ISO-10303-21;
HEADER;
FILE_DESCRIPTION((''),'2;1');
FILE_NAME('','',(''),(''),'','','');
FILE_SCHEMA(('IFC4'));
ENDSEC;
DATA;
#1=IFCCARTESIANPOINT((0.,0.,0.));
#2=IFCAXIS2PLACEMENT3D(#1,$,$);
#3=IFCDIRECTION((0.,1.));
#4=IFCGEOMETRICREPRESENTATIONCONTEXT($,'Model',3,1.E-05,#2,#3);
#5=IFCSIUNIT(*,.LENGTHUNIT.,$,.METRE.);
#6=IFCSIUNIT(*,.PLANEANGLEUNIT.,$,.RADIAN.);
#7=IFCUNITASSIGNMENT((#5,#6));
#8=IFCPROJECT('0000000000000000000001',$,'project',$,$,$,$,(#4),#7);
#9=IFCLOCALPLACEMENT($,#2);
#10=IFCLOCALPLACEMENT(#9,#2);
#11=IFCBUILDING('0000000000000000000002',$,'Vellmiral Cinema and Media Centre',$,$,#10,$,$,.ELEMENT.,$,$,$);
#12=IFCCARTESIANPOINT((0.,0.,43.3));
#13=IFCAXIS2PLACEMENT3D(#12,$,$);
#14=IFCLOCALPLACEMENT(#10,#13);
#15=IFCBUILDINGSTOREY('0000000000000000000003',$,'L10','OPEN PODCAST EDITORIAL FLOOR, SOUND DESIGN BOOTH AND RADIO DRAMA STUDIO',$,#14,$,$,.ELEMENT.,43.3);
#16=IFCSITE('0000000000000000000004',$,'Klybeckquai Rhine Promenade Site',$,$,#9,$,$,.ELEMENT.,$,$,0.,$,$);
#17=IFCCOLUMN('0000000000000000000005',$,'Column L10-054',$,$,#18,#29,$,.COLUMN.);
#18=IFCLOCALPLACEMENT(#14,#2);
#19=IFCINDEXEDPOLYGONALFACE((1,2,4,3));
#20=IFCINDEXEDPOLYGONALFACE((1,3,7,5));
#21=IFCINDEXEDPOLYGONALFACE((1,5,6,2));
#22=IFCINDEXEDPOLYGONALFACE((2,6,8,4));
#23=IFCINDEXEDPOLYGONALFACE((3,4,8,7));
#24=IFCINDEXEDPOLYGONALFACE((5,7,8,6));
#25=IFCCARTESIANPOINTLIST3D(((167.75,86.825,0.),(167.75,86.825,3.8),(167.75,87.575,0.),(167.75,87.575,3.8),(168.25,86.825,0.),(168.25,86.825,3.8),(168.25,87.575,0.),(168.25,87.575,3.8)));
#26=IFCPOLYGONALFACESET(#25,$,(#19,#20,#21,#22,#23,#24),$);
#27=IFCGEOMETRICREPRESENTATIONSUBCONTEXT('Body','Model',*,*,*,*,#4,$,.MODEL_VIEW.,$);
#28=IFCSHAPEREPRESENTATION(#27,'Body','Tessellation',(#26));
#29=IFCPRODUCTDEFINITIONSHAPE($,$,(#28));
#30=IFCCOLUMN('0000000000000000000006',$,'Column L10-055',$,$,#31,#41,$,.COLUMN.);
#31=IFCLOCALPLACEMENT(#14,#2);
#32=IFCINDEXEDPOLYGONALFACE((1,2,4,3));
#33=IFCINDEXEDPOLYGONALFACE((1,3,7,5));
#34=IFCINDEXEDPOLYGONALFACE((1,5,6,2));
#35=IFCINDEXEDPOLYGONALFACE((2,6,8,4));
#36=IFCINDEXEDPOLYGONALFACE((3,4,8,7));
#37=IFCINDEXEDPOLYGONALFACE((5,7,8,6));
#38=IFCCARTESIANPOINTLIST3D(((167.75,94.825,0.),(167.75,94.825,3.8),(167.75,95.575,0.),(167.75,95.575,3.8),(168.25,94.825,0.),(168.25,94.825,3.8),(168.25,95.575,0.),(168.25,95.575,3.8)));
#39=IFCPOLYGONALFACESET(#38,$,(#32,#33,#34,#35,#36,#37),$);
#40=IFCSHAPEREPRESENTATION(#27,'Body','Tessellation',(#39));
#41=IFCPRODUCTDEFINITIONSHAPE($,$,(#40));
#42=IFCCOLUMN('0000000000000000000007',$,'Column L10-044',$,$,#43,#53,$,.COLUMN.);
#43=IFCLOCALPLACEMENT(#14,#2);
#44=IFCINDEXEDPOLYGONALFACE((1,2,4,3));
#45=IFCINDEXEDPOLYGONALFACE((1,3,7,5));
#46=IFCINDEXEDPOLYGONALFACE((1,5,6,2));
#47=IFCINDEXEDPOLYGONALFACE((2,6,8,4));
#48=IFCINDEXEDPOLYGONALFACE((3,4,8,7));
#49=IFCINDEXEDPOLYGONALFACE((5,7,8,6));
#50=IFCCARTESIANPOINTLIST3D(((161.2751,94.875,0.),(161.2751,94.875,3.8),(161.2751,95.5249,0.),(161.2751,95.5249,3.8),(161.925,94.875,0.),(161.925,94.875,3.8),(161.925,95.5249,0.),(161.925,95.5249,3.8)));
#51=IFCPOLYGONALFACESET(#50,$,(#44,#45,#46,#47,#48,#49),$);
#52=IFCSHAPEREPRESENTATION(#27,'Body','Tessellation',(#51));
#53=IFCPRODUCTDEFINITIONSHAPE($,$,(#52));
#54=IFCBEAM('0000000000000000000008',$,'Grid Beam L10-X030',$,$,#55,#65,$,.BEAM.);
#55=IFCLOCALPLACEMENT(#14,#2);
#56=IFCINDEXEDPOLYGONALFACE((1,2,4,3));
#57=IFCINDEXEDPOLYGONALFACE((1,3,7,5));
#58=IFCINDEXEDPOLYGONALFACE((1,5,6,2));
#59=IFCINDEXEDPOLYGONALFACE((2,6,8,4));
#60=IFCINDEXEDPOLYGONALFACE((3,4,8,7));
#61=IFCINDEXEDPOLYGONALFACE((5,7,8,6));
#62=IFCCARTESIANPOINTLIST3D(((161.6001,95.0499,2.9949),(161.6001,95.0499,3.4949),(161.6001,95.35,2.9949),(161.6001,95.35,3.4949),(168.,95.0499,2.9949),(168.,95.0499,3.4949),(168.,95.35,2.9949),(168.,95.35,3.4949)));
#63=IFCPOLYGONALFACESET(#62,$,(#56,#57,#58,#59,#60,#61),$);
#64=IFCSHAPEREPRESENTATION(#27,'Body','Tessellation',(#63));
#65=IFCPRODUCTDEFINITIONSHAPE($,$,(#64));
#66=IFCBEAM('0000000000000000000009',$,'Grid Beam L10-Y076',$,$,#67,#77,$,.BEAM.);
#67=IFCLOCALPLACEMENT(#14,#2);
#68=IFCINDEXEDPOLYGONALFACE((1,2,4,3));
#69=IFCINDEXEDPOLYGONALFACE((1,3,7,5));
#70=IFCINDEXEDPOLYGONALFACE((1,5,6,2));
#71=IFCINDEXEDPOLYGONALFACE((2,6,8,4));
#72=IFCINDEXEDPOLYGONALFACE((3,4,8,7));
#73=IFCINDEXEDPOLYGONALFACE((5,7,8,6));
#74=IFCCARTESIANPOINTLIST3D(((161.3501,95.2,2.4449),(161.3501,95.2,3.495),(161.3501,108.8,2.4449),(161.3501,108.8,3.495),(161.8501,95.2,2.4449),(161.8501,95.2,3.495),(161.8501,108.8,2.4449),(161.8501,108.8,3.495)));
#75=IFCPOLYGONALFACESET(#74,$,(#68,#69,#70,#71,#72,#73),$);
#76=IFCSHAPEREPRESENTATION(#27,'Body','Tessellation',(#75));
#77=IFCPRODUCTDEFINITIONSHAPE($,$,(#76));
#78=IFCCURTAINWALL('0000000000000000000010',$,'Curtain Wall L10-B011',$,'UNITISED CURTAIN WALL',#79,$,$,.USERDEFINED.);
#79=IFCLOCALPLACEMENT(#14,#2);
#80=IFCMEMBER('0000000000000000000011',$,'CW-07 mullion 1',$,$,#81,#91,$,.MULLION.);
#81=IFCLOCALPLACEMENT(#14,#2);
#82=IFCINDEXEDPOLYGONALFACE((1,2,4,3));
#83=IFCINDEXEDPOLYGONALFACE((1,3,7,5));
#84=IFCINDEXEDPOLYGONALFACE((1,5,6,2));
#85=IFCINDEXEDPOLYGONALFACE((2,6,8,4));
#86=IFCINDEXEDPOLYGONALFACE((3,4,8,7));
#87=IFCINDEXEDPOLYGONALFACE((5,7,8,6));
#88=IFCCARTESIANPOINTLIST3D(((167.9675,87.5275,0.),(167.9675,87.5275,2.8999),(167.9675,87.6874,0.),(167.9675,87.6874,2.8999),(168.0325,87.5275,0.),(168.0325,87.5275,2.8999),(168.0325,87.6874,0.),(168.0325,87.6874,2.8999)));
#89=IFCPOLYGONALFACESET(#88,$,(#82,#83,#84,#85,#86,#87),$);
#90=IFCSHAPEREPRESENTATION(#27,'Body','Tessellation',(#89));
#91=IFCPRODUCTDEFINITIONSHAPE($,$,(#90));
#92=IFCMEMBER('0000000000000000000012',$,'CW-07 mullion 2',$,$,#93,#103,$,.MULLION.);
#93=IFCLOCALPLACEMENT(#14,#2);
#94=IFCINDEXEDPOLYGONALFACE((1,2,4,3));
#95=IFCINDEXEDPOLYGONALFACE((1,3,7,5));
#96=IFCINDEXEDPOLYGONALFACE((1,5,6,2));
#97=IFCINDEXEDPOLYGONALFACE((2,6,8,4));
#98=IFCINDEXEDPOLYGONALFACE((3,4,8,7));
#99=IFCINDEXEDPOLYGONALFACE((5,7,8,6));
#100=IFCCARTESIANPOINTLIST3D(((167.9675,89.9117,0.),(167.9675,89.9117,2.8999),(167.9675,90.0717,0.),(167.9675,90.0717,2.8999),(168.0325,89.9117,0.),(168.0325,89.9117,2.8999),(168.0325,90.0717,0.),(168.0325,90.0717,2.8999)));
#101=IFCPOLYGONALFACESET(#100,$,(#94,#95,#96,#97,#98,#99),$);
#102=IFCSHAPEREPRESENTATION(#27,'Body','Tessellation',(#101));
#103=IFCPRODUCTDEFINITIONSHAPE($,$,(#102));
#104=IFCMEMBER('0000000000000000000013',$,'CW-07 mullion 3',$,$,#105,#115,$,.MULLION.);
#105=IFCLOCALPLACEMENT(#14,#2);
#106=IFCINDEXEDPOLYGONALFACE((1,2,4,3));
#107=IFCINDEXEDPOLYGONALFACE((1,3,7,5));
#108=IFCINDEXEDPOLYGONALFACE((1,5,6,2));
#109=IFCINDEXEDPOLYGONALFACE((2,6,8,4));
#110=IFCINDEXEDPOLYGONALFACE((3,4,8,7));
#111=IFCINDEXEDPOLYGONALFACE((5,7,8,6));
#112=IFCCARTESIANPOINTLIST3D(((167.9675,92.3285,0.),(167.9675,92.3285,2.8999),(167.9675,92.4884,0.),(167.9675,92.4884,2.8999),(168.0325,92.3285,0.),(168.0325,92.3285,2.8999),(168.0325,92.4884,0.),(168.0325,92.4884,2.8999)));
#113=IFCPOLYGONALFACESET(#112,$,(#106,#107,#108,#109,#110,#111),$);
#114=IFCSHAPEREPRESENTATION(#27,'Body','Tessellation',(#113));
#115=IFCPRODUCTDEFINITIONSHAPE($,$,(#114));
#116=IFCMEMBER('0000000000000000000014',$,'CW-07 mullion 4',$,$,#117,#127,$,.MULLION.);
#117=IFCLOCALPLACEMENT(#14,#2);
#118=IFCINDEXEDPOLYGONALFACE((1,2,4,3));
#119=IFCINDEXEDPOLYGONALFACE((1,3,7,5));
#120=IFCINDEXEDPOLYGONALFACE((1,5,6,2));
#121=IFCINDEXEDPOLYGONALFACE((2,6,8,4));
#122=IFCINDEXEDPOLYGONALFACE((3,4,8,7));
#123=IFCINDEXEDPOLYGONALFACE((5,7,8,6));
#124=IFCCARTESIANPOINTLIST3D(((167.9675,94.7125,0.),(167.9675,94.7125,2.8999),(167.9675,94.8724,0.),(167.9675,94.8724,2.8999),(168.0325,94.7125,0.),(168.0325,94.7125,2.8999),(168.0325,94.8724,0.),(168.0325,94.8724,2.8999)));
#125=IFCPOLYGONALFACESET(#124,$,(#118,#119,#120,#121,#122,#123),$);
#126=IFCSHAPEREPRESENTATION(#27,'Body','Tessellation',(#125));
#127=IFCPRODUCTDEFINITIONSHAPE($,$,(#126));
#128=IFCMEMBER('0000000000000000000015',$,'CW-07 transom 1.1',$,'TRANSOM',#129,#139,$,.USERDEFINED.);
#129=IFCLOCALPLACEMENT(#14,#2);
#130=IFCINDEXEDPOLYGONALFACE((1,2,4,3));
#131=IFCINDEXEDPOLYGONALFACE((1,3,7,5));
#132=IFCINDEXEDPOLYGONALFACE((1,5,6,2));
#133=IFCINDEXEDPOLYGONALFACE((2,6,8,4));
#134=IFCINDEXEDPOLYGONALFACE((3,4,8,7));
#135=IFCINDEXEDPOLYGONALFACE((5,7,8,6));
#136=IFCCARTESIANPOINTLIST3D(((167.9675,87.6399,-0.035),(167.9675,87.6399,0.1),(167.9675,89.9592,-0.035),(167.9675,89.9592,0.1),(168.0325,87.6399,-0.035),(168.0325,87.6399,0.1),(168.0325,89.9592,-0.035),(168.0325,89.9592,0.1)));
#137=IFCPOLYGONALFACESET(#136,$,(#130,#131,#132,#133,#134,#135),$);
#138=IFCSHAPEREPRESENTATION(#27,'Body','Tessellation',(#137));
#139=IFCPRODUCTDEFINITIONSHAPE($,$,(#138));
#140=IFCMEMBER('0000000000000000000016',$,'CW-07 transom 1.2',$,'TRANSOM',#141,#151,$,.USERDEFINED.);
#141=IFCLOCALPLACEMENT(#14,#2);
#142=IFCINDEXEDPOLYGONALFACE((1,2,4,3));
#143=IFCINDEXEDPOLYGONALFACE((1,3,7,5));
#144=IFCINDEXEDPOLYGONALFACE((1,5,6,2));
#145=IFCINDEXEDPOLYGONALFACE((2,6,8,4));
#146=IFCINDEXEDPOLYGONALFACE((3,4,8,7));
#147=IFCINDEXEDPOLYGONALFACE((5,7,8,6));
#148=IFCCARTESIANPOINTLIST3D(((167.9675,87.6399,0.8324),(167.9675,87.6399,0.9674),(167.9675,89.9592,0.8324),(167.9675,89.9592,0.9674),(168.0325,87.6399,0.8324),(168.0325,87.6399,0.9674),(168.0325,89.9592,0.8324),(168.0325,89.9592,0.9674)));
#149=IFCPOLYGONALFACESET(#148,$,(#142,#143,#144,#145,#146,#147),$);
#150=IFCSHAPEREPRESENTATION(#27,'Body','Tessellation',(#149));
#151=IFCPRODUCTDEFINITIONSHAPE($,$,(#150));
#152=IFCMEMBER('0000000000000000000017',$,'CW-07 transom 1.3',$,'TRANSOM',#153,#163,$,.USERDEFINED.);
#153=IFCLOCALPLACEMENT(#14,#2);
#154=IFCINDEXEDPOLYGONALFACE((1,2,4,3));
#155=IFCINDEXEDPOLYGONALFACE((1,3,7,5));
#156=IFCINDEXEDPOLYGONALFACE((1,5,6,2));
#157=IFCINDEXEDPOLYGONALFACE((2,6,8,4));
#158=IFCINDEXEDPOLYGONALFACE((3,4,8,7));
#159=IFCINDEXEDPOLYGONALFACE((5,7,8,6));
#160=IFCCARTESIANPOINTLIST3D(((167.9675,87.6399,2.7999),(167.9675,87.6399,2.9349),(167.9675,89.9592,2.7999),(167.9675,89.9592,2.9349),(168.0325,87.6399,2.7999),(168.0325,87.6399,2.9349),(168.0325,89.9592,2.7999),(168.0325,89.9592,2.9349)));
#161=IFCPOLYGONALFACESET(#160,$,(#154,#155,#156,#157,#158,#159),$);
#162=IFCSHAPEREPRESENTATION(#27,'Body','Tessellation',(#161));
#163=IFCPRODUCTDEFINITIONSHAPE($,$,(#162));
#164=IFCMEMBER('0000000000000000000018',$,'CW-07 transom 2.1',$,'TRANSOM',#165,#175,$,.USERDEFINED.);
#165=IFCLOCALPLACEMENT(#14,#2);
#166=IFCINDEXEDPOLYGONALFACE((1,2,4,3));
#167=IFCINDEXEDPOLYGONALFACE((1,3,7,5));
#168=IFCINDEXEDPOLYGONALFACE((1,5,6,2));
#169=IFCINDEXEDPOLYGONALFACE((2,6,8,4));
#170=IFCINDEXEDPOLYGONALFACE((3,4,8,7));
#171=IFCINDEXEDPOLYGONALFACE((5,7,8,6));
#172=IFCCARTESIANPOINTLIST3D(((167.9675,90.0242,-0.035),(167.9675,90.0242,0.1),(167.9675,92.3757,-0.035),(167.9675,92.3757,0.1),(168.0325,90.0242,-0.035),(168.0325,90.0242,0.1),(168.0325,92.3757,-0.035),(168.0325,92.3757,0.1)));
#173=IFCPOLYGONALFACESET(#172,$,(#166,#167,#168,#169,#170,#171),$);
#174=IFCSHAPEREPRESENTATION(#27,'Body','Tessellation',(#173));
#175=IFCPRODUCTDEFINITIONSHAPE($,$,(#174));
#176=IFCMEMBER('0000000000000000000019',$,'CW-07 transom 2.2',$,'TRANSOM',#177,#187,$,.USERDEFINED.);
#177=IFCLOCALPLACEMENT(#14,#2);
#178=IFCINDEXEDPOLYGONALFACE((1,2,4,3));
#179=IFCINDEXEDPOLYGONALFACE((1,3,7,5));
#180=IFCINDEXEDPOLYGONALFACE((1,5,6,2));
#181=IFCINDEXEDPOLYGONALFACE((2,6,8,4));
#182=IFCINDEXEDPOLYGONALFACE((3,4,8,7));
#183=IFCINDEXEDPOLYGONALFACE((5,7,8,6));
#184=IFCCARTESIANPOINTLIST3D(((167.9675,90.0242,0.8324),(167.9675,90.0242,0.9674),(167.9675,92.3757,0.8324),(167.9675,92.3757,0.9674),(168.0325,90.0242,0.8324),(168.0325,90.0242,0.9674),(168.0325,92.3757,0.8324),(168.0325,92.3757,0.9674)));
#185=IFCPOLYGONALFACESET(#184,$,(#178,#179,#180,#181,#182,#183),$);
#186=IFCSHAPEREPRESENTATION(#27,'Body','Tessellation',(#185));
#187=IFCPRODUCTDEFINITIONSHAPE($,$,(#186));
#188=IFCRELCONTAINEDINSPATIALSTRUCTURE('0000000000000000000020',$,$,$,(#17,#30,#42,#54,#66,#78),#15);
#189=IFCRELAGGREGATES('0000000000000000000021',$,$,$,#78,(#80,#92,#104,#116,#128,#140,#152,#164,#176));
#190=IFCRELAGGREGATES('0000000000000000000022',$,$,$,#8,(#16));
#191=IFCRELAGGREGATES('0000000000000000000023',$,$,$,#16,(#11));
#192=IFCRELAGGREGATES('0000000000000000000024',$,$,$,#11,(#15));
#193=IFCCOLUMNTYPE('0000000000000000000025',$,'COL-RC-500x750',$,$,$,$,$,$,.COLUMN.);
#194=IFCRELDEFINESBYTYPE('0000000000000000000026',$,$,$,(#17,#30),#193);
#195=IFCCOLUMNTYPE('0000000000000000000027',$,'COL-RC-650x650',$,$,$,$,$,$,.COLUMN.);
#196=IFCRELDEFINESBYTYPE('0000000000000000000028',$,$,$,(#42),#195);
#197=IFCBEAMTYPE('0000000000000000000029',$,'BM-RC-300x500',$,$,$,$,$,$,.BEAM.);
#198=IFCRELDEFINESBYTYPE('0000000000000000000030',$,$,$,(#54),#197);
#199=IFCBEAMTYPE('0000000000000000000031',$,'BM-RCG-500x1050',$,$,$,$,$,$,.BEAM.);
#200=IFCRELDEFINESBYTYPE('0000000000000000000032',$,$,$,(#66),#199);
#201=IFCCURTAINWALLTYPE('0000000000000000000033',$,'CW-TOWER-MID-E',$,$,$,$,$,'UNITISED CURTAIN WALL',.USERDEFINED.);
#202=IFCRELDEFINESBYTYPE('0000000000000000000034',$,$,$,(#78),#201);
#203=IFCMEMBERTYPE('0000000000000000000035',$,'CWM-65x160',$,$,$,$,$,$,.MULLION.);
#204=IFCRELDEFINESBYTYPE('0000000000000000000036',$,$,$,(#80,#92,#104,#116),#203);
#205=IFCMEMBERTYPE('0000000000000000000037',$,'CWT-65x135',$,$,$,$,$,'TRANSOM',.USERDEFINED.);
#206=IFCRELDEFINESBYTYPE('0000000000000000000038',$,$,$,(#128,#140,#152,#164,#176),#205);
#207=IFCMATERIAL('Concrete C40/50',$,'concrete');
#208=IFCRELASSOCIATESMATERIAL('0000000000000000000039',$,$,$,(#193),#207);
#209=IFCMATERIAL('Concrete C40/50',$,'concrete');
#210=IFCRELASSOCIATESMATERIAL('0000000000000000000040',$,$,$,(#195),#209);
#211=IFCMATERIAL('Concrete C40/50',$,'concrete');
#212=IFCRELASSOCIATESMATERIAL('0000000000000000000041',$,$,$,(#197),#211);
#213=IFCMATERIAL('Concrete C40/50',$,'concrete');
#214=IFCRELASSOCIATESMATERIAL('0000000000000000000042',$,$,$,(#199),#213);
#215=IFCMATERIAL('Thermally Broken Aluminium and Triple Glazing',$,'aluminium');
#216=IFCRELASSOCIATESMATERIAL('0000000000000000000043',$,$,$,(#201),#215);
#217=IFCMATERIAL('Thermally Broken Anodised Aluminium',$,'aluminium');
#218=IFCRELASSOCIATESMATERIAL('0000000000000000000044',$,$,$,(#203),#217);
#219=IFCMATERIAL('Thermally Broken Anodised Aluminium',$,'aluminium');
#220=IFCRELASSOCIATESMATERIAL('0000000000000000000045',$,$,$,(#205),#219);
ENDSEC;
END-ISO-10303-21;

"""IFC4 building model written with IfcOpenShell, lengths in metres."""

from ifc_helpers import new_model, si_unit, direction, frame, origin, origin_2d, place, context, subcontext, project, spatial, rectangle, extrude, material, material_profile, profile_set, type_object, element, aggregate, save


model = new_model("IFC4")

# Units and contexts
model_context = context("Model", 3, precision=1e-05, world=origin(), true_north=direction((0.0, 1.0)))
body_context = subcontext(model_context, "Body", "Model", "MODEL_VIEW")
ifc_project = project(units=[si_unit("LENGTHUNIT", "METRE"), si_unit("PLANEANGLEUNIT", "RADIAN")], contexts=[model_context])

# Site, building, storey
site_placement = place(None, origin())
site = spatial("IfcSite", under=ifc_project, at=site_placement, Name="Klybeckquai Rhine Promenade Site", CompositionType="ELEMENT", RefElevation=0.0)
building_placement = place(site_placement, origin())
building = spatial("IfcBuilding", under=site, at=building_placement, Name="Vellmiral Cinema and Media Centre", CompositionType="ELEMENT")
storey_placement = place(building_placement, frame((0.0, 0.0, 43.3)))
storey = spatial("IfcBuildingStorey", under=building, at=storey_placement, Name="L10", Description="OPEN PODCAST EDITORIAL FLOOR, SOUND DESIGN BOOTH AND RADIO DRAMA STUDIO", CompositionType="ELEMENT", Elevation=43.3)

# Columns
ifc_material_1 = material(Name="Concrete C40/50", Category="concrete")
ifc_material_profile_1 = material_profile(ifc_material_1, rectangle(XDim=0.5, YDim=0.75, at=origin_2d()), Name="RC 500x750")
ifc_profile_set_1 = profile_set([ifc_material_profile_1], Name="Concrete C40/50")
column_type_1 = type_object("IfcColumnType", Name="COL-RC-500x750", PredefinedType="COLUMN", material=ifc_profile_set_1)
for number, where, z_axis, x_axis, name in (
    (1, (168.0, 87.2, 0.0), (0.0, 0.0, 1.0), (1.0, 0.0, 0.0), "Column L10-054"),
    (2, (168.0, 95.2, 0.0), (0.0, 0.0, 1.0), (1.0, 0.0, 0.0), "Column L10-055"),
):
    element("IfcColumn", number, at=place(storey_placement, frame(where, z_axis=z_axis, x_axis=x_axis)), inside=storey, type_object=column_type_1, Name=name, PredefinedType="COLUMN", context=body_context, shape_type="SweptSolid", body=[
        extrude(rectangle(XDim=0.5, YDim=0.75, at=origin_2d()), origin(), (0.0, 0.0, 1.0), 3.8),
    ])
ifc_material_2 = material(Name="Concrete C40/50", Category="concrete")
ifc_material_profile_2 = material_profile(ifc_material_2, rectangle(XDim=0.6499, YDim=0.6499, at=origin_2d()), Name="RC 650x650")
ifc_profile_set_2 = profile_set([ifc_material_profile_2], Name="Concrete C40/50")
column_type_2 = type_object("IfcColumnType", Name="COL-RC-650x650", PredefinedType="COLUMN", material=ifc_profile_set_2)
column_placement = place(storey_placement, frame((161.6001, 95.2, 0.0), z_axis=(0.0, 0.0, 1.0), x_axis=(1.0, 0.0, 0.0)))
element("IfcColumn", 3, at=column_placement, inside=storey, type_object=column_type_2, Name="Column L10-044", PredefinedType="COLUMN", context=body_context, shape_type="SweptSolid", body=[
    extrude(rectangle(XDim=0.6499, YDim=0.6499, at=origin_2d()), origin(), (0.0, 0.0, 1.0), 3.8),
])

# Beams
ifc_material_3 = material(Name="Concrete C40/50", Category="concrete")
ifc_material_profile_3 = material_profile(ifc_material_3, rectangle(XDim=0.3, YDim=0.5, at=origin_2d()), Name="RC 300x500")
ifc_profile_set_3 = profile_set([ifc_material_profile_3], Name="Concrete C40/50")
beam_type_1 = type_object("IfcBeamType", Name="BM-RC-300x500", PredefinedType="BEAM", material=ifc_profile_set_3)
beam_1_placement = place(storey_placement, frame((161.6001, 95.2, 3.2449), z_axis=(1.0, 0.0, 0.0), x_axis=(0.0, 1.0, 0.0)))
element("IfcBeam", 4, at=beam_1_placement, inside=storey, type_object=beam_type_1, Name="Grid Beam L10-X030", PredefinedType="BEAM", context=body_context, shape_type="SweptSolid", body=[
    extrude(rectangle(XDim=0.3, YDim=0.5, at=origin_2d()), origin(), (0.0, 0.0, 1.0), 6.3999),
])
ifc_material_4 = material(Name="Concrete C40/50", Category="concrete")
ifc_material_profile_4 = material_profile(ifc_material_4, rectangle(XDim=0.5, YDim=1.05, at=origin_2d()), Name="RC 500x1050")
ifc_profile_set_4 = profile_set([ifc_material_profile_4], Name="Concrete C40/50")
beam_type_2 = type_object("IfcBeamType", Name="BM-RCG-500x1050", PredefinedType="BEAM", material=ifc_profile_set_4)
beam_2_placement = place(storey_placement, frame((161.6001, 95.2, 2.97), z_axis=(0.0, 1.0, 0.0), x_axis=(-1.0, 0.0, 0.0)))
element("IfcBeam", 5, at=beam_2_placement, inside=storey, type_object=beam_type_2, Name="Grid Beam L10-Y076", PredefinedType="BEAM", context=body_context, shape_type="SweptSolid", body=[
    extrude(rectangle(XDim=0.5, YDim=1.05, at=origin_2d()), origin(), (0.0, 0.0, 1.0), 13.6001),
])

# Curtain wall, members
ifc_material_5 = material(Name="Thermally Broken Aluminium and Triple Glazing", Category="aluminium")
curtain_wall_type = type_object("IfcCurtainWallType", Name="CW-TOWER-MID-E", ElementType="UNITISED CURTAIN WALL", PredefinedType="USERDEFINED", material=ifc_material_5)
curtain_wall_placement = place(storey_placement, origin())
curtain_wall = element("IfcCurtainWall", 6, at=curtain_wall_placement, inside=storey, type_object=curtain_wall_type, Name="Curtain Wall L10-B011", ObjectType="UNITISED CURTAIN WALL", PredefinedType="USERDEFINED")
ifc_material_6 = material(Name="Thermally Broken Anodised Aluminium", Category="aluminium")
ifc_material_profile_5 = material_profile(ifc_material_6, rectangle(XDim=0.0649, YDim=0.1599, at=origin_2d()), Name="MULL 65x160")
ifc_profile_set_5 = profile_set([ifc_material_profile_5], Name="Thermally Broken Anodised Aluminium")
member_type_1 = type_object("IfcMemberType", Name="CWM-65x160", PredefinedType="MULLION", material=ifc_profile_set_5)
member_1_placement = place(storey_placement, frame((168.0, 87.6074, 0.0), z_axis=(0.0, 0.0, 1.0), x_axis=(-1.0, 0.0, 0.0)))
member_1 = element("IfcMember", 7, at=member_1_placement, type_object=member_type_1, Name="CW-07 mullion 1", PredefinedType="MULLION", context=body_context, shape_type="SweptSolid", body=[
    extrude(rectangle(XDim=0.0649, YDim=0.1599, at=origin_2d()), origin(), (0.0, 0.0, 1.0), 2.8999),
])
member_2_placement = place(storey_placement, frame((168.0, 89.9917, 0.0), z_axis=(0.0, 0.0, 1.0), x_axis=(-1.0, 0.0, 0.0)))
member_2 = element("IfcMember", 8, at=member_2_placement, type_object=member_type_1, Name="CW-07 mullion 2", PredefinedType="MULLION", context=body_context, shape_type="SweptSolid", body=[
    extrude(rectangle(XDim=0.0649, YDim=0.1599, at=origin_2d()), origin(), (0.0, 0.0, 1.0), 2.8999),
])
member_3_placement = place(storey_placement, frame((168.0, 92.4084, 0.0), z_axis=(0.0, 0.0, 1.0), x_axis=(-1.0, 0.0, 0.0)))
member_3 = element("IfcMember", 9, at=member_3_placement, type_object=member_type_1, Name="CW-07 mullion 3", PredefinedType="MULLION", context=body_context, shape_type="SweptSolid", body=[
    extrude(rectangle(XDim=0.0649, YDim=0.1599, at=origin_2d()), origin(), (0.0, 0.0, 1.0), 2.8999),
])
member_4_placement = place(storey_placement, frame((168.0, 94.7925, 0.0), z_axis=(0.0, 0.0, 1.0), x_axis=(-1.0, 0.0, 0.0)))
member_4 = element("IfcMember", 10, at=member_4_placement, type_object=member_type_1, Name="CW-07 mullion 4", PredefinedType="MULLION", context=body_context, shape_type="SweptSolid", body=[
    extrude(rectangle(XDim=0.0649, YDim=0.1599, at=origin_2d()), origin(), (0.0, 0.0, 1.0), 2.8999),
])
ifc_material_7 = material(Name="Thermally Broken Anodised Aluminium", Category="aluminium")
ifc_material_profile_6 = material_profile(ifc_material_7, rectangle(XDim=0.0649, YDim=0.135, at=origin_2d()), Name="MULL 65x135")
ifc_profile_set_6 = profile_set([ifc_material_profile_6], Name="Thermally Broken Anodised Aluminium")
member_type_2 = type_object("IfcMemberType", Name="CWT-65x135", ElementType="TRANSOM", PredefinedType="USERDEFINED", material=ifc_profile_set_6)
member_5_placement = place(storey_placement, frame((168.0, 87.6399, 0.0325), z_axis=(0.0, 1.0, 0.0), x_axis=(-1.0, 0.0, 0.0)))
member_5 = element("IfcMember", 11, at=member_5_placement, type_object=member_type_2, Name="CW-07 transom 1.1", ObjectType="TRANSOM", PredefinedType="USERDEFINED", context=body_context, shape_type="SweptSolid", body=[
    extrude(rectangle(XDim=0.0649, YDim=0.135, at=origin_2d()), origin(), (0.0, 0.0, 1.0), 2.3193),
])
member_6_placement = place(storey_placement, frame((168.0, 87.6399, 0.8999), z_axis=(0.0, 1.0, 0.0), x_axis=(-1.0, 0.0, 0.0)))
member_6 = element("IfcMember", 12, at=member_6_placement, type_object=member_type_2, Name="CW-07 transom 1.2", ObjectType="TRANSOM", PredefinedType="USERDEFINED", context=body_context, shape_type="SweptSolid", body=[
    extrude(rectangle(XDim=0.0649, YDim=0.135, at=origin_2d()), origin(), (0.0, 0.0, 1.0), 2.3193),
])
member_7_placement = place(storey_placement, frame((168.0, 87.6399, 2.8674), z_axis=(0.0, 1.0, 0.0), x_axis=(-1.0, 0.0, 0.0)))
member_7 = element("IfcMember", 13, at=member_7_placement, type_object=member_type_2, Name="CW-07 transom 1.3", ObjectType="TRANSOM", PredefinedType="USERDEFINED", context=body_context, shape_type="SweptSolid", body=[
    extrude(rectangle(XDim=0.0649, YDim=0.135, at=origin_2d()), origin(), (0.0, 0.0, 1.0), 2.3193),
])
member_8_placement = place(storey_placement, frame((168.0, 90.0242, 0.0325), z_axis=(0.0, 1.0, 0.0), x_axis=(-1.0, 0.0, 0.0)))
member_8 = element("IfcMember", 14, at=member_8_placement, type_object=member_type_2, Name="CW-07 transom 2.1", ObjectType="TRANSOM", PredefinedType="USERDEFINED", context=body_context, shape_type="SweptSolid", body=[
    extrude(rectangle(XDim=0.0649, YDim=0.135, at=origin_2d()), origin(), (0.0, 0.0, 1.0), 2.3516),
])
member_9_placement = place(storey_placement, frame((168.0, 90.0242, 0.8999), z_axis=(0.0, 1.0, 0.0), x_axis=(-1.0, 0.0, 0.0)))
member_9 = element("IfcMember", 15, at=member_9_placement, type_object=member_type_2, Name="CW-07 transom 2.2", ObjectType="TRANSOM", PredefinedType="USERDEFINED", context=body_context, shape_type="SweptSolid", body=[
    extrude(rectangle(XDim=0.0649, YDim=0.135, at=origin_2d()), origin(), (0.0, 0.0, 1.0), 2.3516),
])

aggregate(curtain_wall, [member_1, member_2, member_3, member_4, member_5, member_6, member_7, member_8, member_9])

save(model, "model.ifc")
